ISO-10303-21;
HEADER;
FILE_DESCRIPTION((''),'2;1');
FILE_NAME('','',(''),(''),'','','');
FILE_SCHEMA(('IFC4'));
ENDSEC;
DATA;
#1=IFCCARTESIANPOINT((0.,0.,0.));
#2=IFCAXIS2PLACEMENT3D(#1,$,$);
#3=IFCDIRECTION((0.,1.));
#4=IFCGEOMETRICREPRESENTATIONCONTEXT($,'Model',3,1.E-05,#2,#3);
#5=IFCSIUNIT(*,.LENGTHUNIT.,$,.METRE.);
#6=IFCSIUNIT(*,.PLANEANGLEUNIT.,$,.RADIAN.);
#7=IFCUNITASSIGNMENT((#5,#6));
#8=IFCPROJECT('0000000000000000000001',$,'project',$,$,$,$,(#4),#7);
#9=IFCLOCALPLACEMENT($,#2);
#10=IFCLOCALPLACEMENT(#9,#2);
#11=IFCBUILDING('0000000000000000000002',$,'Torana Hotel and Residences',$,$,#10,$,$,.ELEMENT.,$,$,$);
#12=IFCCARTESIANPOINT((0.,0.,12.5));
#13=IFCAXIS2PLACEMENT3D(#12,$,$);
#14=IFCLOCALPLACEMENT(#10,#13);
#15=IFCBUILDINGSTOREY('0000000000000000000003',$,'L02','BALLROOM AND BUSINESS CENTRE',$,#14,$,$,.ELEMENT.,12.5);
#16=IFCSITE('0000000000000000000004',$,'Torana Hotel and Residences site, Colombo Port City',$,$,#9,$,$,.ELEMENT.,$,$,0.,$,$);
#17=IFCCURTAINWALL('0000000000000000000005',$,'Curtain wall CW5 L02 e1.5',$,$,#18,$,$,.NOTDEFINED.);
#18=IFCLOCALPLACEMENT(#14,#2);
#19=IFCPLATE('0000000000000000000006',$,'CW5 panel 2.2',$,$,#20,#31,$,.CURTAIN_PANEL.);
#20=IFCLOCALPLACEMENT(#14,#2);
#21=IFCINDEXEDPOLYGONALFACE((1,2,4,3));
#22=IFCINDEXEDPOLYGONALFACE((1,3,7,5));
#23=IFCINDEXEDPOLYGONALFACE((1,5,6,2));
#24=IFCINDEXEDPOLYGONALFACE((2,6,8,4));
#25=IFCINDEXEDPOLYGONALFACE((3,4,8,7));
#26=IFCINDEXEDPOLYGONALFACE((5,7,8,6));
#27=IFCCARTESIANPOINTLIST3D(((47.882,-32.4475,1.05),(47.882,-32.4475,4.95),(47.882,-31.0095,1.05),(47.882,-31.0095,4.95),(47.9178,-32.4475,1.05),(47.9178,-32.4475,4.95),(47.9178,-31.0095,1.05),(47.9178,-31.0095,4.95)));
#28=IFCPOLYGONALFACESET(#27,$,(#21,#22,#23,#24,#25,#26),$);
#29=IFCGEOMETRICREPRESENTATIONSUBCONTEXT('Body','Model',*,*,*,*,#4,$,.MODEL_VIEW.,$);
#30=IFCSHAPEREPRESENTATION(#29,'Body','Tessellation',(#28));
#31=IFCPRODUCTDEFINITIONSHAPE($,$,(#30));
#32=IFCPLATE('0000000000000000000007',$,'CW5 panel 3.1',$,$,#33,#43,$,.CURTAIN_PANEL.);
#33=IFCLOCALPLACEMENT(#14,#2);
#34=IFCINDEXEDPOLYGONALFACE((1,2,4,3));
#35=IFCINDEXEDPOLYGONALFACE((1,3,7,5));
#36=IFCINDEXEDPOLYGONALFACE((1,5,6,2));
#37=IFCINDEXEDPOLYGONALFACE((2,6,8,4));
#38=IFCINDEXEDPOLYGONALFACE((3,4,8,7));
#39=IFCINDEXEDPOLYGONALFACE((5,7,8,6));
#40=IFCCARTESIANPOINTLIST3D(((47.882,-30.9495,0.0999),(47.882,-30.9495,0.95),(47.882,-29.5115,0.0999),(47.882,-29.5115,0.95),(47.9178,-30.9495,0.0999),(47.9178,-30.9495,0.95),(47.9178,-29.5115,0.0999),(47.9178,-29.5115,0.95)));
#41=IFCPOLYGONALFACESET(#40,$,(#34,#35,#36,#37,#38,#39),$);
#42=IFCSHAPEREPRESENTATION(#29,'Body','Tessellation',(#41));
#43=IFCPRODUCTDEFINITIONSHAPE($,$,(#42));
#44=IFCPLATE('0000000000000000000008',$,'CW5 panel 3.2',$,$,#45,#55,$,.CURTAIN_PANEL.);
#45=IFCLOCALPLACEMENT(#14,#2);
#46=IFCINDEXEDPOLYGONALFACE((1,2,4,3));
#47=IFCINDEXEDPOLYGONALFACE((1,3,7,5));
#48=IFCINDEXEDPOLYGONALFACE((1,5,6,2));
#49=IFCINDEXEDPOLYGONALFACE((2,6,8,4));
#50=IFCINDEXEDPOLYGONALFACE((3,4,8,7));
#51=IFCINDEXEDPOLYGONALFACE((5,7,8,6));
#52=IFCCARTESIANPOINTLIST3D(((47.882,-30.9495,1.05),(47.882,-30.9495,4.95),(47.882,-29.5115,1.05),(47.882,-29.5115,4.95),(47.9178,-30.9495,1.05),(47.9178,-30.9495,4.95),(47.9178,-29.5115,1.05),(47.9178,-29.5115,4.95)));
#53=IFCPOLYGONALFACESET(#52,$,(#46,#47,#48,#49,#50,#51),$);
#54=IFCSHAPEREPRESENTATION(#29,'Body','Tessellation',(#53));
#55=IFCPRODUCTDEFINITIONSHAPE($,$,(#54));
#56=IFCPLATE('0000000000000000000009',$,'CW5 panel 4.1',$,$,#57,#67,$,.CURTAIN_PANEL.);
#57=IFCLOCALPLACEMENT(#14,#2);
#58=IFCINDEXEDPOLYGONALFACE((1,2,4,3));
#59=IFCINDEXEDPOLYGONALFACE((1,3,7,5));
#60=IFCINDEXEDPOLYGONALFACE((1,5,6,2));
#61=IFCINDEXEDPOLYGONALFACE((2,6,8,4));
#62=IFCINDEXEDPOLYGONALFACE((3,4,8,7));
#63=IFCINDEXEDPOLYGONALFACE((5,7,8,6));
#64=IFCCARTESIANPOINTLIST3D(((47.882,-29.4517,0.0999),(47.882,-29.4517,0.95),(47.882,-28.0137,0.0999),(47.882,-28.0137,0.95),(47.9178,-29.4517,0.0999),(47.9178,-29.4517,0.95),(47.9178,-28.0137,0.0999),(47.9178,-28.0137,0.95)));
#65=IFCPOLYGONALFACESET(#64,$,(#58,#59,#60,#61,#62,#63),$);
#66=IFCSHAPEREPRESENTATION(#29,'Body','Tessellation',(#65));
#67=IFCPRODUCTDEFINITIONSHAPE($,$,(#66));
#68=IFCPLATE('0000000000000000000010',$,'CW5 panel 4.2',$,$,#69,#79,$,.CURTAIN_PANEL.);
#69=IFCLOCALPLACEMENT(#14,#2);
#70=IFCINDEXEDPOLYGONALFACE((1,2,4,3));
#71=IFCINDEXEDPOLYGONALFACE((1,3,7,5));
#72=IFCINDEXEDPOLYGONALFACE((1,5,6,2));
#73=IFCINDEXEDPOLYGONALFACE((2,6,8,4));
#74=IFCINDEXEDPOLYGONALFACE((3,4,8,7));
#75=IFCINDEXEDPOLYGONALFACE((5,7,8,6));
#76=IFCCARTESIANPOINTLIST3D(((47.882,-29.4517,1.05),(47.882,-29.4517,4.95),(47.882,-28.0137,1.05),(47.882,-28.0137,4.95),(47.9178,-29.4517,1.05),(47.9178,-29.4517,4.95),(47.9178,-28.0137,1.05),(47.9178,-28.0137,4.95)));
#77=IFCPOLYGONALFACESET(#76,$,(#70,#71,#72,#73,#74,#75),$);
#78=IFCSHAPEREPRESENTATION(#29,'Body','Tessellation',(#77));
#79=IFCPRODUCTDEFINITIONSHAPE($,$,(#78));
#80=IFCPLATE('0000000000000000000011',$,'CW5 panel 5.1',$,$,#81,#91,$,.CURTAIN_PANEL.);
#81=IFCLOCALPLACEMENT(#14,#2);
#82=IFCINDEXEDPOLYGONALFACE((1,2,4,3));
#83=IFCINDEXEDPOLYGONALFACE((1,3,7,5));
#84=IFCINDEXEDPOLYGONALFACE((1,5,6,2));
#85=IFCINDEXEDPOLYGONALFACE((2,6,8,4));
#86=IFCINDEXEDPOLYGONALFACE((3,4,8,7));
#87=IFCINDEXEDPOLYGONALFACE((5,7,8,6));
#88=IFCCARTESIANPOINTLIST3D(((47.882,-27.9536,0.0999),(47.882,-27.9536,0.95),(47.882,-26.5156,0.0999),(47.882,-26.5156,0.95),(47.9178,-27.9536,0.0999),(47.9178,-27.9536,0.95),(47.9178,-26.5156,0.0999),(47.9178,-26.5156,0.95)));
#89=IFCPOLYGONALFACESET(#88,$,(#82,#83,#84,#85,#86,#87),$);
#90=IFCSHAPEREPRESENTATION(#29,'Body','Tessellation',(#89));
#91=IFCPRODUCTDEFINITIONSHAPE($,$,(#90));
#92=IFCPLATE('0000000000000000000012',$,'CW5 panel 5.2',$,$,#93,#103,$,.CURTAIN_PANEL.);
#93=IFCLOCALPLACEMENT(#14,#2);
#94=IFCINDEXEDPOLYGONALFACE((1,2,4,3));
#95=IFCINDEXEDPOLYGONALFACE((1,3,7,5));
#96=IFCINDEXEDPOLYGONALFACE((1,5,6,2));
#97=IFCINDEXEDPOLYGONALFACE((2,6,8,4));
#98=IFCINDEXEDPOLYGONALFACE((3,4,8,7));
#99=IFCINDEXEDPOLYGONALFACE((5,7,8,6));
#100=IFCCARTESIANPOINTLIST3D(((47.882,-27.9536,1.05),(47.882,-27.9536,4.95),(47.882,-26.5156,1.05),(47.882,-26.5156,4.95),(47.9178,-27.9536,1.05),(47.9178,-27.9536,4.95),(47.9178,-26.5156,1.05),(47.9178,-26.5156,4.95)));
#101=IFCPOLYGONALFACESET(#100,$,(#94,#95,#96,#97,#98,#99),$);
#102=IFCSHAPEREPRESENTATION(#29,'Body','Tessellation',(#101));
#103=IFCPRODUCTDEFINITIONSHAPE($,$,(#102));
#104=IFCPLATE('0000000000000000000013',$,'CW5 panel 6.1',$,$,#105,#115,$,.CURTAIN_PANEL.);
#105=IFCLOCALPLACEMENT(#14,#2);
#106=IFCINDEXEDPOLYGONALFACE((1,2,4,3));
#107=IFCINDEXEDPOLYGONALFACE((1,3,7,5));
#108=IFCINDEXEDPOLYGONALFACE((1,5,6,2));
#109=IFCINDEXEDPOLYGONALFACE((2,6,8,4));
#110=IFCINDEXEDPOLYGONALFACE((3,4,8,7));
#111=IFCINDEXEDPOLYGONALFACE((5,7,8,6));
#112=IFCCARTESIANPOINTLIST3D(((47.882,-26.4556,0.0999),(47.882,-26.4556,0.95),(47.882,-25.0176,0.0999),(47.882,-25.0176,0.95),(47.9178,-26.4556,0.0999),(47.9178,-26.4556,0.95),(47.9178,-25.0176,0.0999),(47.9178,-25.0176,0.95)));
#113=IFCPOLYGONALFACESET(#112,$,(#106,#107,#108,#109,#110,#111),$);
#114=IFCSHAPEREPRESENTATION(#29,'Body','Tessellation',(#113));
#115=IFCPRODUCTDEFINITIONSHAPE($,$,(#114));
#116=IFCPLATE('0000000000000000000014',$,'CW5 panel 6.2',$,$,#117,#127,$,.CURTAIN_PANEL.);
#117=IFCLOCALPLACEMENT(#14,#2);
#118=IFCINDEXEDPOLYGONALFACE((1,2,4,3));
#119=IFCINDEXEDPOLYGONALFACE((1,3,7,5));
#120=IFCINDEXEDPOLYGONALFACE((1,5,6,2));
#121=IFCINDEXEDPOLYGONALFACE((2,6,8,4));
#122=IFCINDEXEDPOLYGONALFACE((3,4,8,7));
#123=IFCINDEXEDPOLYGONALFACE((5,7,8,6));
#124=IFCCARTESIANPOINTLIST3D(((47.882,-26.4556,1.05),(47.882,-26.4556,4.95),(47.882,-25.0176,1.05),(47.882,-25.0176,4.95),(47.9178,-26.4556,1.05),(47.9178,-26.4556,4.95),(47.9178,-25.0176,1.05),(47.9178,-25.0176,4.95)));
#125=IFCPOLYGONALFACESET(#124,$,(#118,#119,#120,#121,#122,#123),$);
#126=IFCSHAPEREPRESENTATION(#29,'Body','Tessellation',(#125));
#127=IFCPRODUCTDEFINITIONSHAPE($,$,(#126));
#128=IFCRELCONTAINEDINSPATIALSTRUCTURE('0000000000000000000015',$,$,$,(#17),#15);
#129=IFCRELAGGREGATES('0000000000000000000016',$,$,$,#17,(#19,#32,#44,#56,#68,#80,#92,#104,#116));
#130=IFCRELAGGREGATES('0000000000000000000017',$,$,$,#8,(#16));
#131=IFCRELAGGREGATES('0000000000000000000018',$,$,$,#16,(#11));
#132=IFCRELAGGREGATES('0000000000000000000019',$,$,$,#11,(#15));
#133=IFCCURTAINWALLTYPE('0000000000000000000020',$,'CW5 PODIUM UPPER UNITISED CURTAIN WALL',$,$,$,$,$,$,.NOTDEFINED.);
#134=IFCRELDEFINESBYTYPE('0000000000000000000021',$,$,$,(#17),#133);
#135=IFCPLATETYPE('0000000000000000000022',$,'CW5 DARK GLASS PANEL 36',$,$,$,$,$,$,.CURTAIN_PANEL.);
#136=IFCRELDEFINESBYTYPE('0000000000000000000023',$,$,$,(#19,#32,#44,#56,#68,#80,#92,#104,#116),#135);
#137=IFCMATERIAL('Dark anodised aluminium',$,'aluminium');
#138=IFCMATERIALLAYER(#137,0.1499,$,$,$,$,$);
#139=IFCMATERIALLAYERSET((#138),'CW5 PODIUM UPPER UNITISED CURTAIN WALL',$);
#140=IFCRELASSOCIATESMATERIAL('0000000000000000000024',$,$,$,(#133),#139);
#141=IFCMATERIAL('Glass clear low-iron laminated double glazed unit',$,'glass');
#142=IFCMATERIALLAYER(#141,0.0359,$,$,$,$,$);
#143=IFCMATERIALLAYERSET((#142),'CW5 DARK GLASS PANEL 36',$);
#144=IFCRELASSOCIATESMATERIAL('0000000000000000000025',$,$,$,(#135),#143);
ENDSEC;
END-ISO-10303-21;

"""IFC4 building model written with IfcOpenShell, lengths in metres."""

from ifc_helpers import new_model, si_unit, direction, frame, origin, origin_2d, place, context, subcontext, project, spatial, rectangle, extrude, material, layer, layer_set, type_object, element, aggregate, save


model = new_model("IFC4")

# Units and contexts
model_context = context("Model", 3, precision=1e-05, world=origin(), true_north=direction((0.0, 1.0)))
body_context = subcontext(model_context, "Body", "Model", "MODEL_VIEW")
ifc_project = project(units=[si_unit("LENGTHUNIT", "METRE"), si_unit("PLANEANGLEUNIT", "RADIAN")], contexts=[model_context])

# Site, building, storey
site_placement = place(None, origin())
site = spatial("IfcSite", under=ifc_project, at=site_placement, Name="Torana Hotel and Residences site, Colombo Port City", CompositionType="ELEMENT", RefElevation=0.0)
building_placement = place(site_placement, origin())
building = spatial("IfcBuilding", under=site, at=building_placement, Name="Torana Hotel and Residences", CompositionType="ELEMENT")
storey_placement = place(building_placement, frame((0.0, 0.0, 12.5)))
storey = spatial("IfcBuildingStorey", under=building, at=storey_placement, Name="L02", Description="BALLROOM AND BUSINESS CENTRE", CompositionType="ELEMENT", Elevation=12.5)

# Curtain wall, plates
ifc_material_1 = material(Name="Dark anodised aluminium", Category="aluminium")
ifc_layer_1 = layer(ifc_material_1, 0.1499)
ifc_layer_set_1 = layer_set([ifc_layer_1], Name="CW5 PODIUM UPPER UNITISED CURTAIN WALL")
curtain_wall_type = type_object("IfcCurtainWallType", Name="CW5 PODIUM UPPER UNITISED CURTAIN WALL", PredefinedType="NOTDEFINED", material=ifc_layer_set_1)
curtain_wall_placement = place(storey_placement, origin())
curtain_wall = element("IfcCurtainWall", 1, at=curtain_wall_placement, inside=storey, type_object=curtain_wall_type, Name="Curtain wall CW5 L02 e1.5", PredefinedType="NOTDEFINED")
ifc_material_2 = material(Name="Glass clear low-iron laminated double glazed unit", Category="glass")
ifc_layer_2 = layer(ifc_material_2, 0.0359)
ifc_layer_set_2 = layer_set([ifc_layer_2], Name="CW5 DARK GLASS PANEL 36")
plate_type = type_object("IfcPlateType", Name="CW5 DARK GLASS PANEL 36", PredefinedType="CURTAIN_PANEL", material=ifc_layer_set_2)
plate_1_placement = place(storey_placement, frame((47.8999, -31.7285, 1.05), z_axis=(0.0, 0.0, 1.0), x_axis=(0.0, 1.0, 0.0)))
plate_1 = element("IfcPlate", 2, at=plate_1_placement, type_object=plate_type, Name="CW5 panel 2.2", PredefinedType="CURTAIN_PANEL", context=body_context, shape_type="SweptSolid", body=[
    extrude(rectangle(XDim=1.438, YDim=0.0359, at=origin_2d()), origin(), (0.0, 0.0, 1.0), 3.8999),
])
plate_2_placement = place(storey_placement, frame((47.8999, -30.2305, 0.0999), z_axis=(0.0, 0.0, 1.0), x_axis=(0.0, 1.0, 0.0)))
plate_2 = element("IfcPlate", 3, at=plate_2_placement, type_object=plate_type, Name="CW5 panel 3.1", PredefinedType="CURTAIN_PANEL", context=body_context, shape_type="SweptSolid", body=[
    extrude(rectangle(XDim=1.438, YDim=0.0359, at=origin_2d()), origin(), (0.0, 0.0, 1.0), 0.8501),
])
plate_3_placement = place(storey_placement, frame((47.8999, -30.2305, 1.05), z_axis=(0.0, 0.0, 1.0), x_axis=(0.0, 1.0, 0.0)))
plate_3 = element("IfcPlate", 4, at=plate_3_placement, type_object=plate_type, Name="CW5 panel 3.2", PredefinedType="CURTAIN_PANEL", context=body_context, shape_type="SweptSolid", body=[
    extrude(rectangle(XDim=1.438, YDim=0.0359, at=origin_2d()), origin(), (0.0, 0.0, 1.0), 3.8999),
])
plate_4_placement = place(storey_placement, frame((47.8999, -28.7327, 0.0999), z_axis=(0.0, 0.0, 1.0), x_axis=(0.0, 1.0, 0.0)))
plate_4 = element("IfcPlate", 5, at=plate_4_placement, type_object=plate_type, Name="CW5 panel 4.1", PredefinedType="CURTAIN_PANEL", context=body_context, shape_type="SweptSolid", body=[
    extrude(rectangle(XDim=1.438, YDim=0.0359, at=origin_2d()), origin(), (0.0, 0.0, 1.0), 0.8501),
])
plate_5_placement = place(storey_placement, frame((47.8999, -28.7327, 1.05), z_axis=(0.0, 0.0, 1.0), x_axis=(0.0, 1.0, 0.0)))
plate_5 = element("IfcPlate", 6, at=plate_5_placement, type_object=plate_type, Name="CW5 panel 4.2", PredefinedType="CURTAIN_PANEL", context=body_context, shape_type="SweptSolid", body=[
    extrude(rectangle(XDim=1.438, YDim=0.0359, at=origin_2d()), origin(), (0.0, 0.0, 1.0), 3.8999),
])
plate_6_placement = place(storey_placement, frame((47.8999, -27.2346, 0.0999), z_axis=(0.0, 0.0, 1.0), x_axis=(0.0, 1.0, 0.0)))
plate_6 = element("IfcPlate", 7, at=plate_6_placement, type_object=plate_type, Name="CW5 panel 5.1", PredefinedType="CURTAIN_PANEL", context=body_context, shape_type="SweptSolid", body=[
    extrude(rectangle(XDim=1.438, YDim=0.0359, at=origin_2d()), origin(), (0.0, 0.0, 1.0), 0.8501),
])
plate_7_placement = place(storey_placement, frame((47.8999, -27.2346, 1.05), z_axis=(0.0, 0.0, 1.0), x_axis=(0.0, 1.0, 0.0)))
plate_7 = element("IfcPlate", 8, at=plate_7_placement, type_object=plate_type, Name="CW5 panel 5.2", PredefinedType="CURTAIN_PANEL", context=body_context, shape_type="SweptSolid", body=[
    extrude(rectangle(XDim=1.438, YDim=0.0359, at=origin_2d()), origin(), (0.0, 0.0, 1.0), 3.8999),
])
plate_8_placement = place(storey_placement, frame((47.8999, -25.7366, 0.0999), z_axis=(0.0, 0.0, 1.0), x_axis=(0.0, 1.0, 0.0)))
plate_8 = element("IfcPlate", 9, at=plate_8_placement, type_object=plate_type, Name="CW5 panel 6.1", PredefinedType="CURTAIN_PANEL", context=body_context, shape_type="SweptSolid", body=[
    extrude(rectangle(XDim=1.438, YDim=0.0359, at=origin_2d()), origin(), (0.0, 0.0, 1.0), 0.8501),
])
plate_9_placement = place(storey_placement, frame((47.8999, -25.7366, 1.05), z_axis=(0.0, 0.0, 1.0), x_axis=(0.0, 1.0, 0.0)))
plate_9 = element("IfcPlate", 10, at=plate_9_placement, type_object=plate_type, Name="CW5 panel 6.2", PredefinedType="CURTAIN_PANEL", context=body_context, shape_type="SweptSolid", body=[
    extrude(rectangle(XDim=1.438, YDim=0.0359, at=origin_2d()), origin(), (0.0, 0.0, 1.0), 3.8999),
])
aggregate(curtain_wall, [plate_1, plate_2, plate_3, plate_4, plate_5, plate_6, plate_7, plate_8, plate_9])

save(model, "model.ifc")
